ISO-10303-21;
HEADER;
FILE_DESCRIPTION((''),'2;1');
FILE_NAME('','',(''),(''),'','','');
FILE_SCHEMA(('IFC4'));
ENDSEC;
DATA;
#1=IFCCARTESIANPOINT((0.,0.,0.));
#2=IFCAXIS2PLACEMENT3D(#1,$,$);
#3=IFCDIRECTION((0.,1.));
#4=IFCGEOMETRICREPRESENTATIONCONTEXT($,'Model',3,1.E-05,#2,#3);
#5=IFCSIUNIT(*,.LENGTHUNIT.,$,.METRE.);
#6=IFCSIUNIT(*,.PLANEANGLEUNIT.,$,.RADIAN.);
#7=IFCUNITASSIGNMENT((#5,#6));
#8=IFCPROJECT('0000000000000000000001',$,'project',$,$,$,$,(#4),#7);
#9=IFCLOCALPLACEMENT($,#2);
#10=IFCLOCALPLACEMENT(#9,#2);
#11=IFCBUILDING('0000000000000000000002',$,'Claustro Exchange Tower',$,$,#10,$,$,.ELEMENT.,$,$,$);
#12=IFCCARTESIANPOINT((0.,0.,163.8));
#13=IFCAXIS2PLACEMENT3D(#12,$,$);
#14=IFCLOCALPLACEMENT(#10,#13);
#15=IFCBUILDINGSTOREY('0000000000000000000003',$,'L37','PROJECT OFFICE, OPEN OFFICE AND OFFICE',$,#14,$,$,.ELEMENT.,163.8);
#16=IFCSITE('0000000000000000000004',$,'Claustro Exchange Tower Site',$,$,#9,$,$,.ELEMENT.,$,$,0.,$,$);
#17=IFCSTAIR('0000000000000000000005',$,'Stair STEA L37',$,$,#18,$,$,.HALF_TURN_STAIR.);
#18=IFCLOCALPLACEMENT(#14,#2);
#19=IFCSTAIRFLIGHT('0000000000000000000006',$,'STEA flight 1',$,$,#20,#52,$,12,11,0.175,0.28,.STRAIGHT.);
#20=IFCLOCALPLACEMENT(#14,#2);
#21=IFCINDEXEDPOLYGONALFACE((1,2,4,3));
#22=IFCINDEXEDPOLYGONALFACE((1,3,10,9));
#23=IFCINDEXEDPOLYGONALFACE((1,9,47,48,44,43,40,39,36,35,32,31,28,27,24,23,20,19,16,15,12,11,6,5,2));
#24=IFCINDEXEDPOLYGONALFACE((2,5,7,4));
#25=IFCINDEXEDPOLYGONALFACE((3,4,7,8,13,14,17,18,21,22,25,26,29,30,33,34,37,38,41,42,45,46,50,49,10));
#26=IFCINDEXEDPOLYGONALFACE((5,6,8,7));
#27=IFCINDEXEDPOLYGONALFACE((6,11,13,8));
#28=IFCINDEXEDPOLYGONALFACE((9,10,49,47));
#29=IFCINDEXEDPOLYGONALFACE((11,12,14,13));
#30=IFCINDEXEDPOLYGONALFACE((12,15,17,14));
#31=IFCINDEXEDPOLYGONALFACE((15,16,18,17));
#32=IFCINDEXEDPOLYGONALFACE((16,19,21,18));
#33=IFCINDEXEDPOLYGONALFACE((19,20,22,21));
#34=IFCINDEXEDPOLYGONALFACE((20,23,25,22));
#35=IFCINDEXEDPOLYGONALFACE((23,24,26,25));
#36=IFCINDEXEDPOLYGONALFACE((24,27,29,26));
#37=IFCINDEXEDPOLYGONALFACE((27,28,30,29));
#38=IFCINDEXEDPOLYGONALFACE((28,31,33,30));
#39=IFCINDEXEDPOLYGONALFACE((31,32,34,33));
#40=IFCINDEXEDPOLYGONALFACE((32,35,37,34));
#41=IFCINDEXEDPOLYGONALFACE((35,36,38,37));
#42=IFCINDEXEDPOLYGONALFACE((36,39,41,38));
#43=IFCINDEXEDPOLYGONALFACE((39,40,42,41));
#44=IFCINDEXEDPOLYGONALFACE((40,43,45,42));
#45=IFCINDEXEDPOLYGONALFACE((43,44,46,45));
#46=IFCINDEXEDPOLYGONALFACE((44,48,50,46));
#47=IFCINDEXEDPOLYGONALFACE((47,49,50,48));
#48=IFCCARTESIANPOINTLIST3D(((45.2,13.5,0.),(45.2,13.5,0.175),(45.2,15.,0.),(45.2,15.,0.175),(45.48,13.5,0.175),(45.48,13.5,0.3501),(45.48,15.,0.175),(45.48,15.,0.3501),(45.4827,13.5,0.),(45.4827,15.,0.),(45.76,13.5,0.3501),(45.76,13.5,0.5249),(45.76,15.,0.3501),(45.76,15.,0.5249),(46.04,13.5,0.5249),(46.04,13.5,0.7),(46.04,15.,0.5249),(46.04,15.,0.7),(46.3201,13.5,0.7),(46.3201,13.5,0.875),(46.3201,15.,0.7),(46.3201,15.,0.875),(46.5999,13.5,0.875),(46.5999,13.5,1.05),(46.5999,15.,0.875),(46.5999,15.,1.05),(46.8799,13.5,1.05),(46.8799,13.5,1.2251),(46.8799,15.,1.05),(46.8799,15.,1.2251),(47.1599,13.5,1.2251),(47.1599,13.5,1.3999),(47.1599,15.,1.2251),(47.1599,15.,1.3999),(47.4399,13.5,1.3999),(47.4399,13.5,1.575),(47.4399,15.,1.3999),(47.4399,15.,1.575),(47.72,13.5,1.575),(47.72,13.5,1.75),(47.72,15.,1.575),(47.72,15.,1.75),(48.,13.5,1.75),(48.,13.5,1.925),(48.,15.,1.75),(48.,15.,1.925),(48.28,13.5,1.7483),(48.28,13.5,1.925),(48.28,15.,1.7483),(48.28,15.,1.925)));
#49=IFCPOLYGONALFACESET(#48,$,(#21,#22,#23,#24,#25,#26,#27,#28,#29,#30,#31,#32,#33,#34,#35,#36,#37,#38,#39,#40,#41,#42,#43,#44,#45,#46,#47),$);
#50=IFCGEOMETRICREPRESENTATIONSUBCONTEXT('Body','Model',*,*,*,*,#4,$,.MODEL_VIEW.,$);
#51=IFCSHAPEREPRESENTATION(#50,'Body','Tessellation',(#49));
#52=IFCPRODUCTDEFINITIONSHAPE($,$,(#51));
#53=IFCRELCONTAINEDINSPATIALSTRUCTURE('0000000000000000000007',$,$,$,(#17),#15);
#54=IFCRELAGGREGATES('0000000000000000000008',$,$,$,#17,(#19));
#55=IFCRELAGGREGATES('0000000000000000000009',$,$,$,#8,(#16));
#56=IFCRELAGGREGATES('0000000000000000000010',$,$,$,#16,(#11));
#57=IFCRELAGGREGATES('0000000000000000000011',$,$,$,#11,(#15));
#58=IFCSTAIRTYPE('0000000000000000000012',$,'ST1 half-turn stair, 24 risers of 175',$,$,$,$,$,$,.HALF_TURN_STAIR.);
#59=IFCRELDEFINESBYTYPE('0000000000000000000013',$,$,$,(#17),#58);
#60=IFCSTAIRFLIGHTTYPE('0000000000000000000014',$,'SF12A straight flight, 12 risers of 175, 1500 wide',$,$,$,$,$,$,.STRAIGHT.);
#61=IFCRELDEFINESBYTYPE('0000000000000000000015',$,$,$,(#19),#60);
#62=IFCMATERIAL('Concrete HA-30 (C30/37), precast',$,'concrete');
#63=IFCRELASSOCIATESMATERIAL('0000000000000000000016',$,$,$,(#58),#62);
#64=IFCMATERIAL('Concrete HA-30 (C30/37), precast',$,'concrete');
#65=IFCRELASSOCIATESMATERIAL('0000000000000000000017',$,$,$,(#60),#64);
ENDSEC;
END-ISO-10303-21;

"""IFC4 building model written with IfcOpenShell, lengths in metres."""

from ifc_helpers import new_model, si_unit, direction, frame, origin, place, context, subcontext, project, spatial, polyline, outline, extrude, material, type_object, element, aggregate, save


model = new_model("IFC4")

# Units and contexts
model_context = context("Model", 3, precision=1e-05, world=origin(), true_north=direction((0.0, 1.0)))
body_context = subcontext(model_context, "Body", "Model", "MODEL_VIEW")
ifc_project = project(units=[si_unit("LENGTHUNIT", "METRE"), si_unit("PLANEANGLEUNIT", "RADIAN")], contexts=[model_context])

# Site, building, storey
site_placement = place(None, origin())
site = spatial("IfcSite", under=ifc_project, at=site_placement, Name="Claustro Exchange Tower Site", CompositionType="ELEMENT", RefElevation=0.0)
building_placement = place(site_placement, origin())
building = spatial("IfcBuilding", under=site, at=building_placement, Name="Claustro Exchange Tower", CompositionType="ELEMENT")
storey_placement = place(building_placement, frame((0.0, 0.0, 163.8)))
storey = spatial("IfcBuildingStorey", under=building, at=storey_placement, Name="L37", Description="PROJECT OFFICE, OPEN OFFICE AND OFFICE", CompositionType="ELEMENT", Elevation=163.8)

# Stair, stair flight
ifc_material_1 = material(Name="Concrete HA-30 (C30/37), precast", Category="concrete")
stair_type = type_object("IfcStairType", Name="ST1 half-turn stair, 24 risers of 175", PredefinedType="HALF_TURN_STAIR", material=ifc_material_1)
stair_placement = place(storey_placement, origin())
stair = element("IfcStair", 1, at=stair_placement, inside=storey, type_object=stair_type, Name="Stair STEA L37", PredefinedType="HALF_TURN_STAIR")
ifc_material_2 = material(Name="Concrete HA-30 (C30/37), precast", Category="concrete")
stair_flight_type = type_object("IfcStairFlightType", Name="SF12A straight flight, 12 risers of 175, 1500 wide", PredefinedType="STRAIGHT", material=ifc_material_2)
stair_flight_placement = place(storey_placement, frame((45.2, 14.25, 0.0), z_axis=(0.0, 0.0, 1.0), x_axis=(1.0, 0.0, 0.0)))
stair_flight = element("IfcStairFlight", 2, at=stair_flight_placement, type_object=stair_flight_type, Name="STEA flight 1", NumberOfRisers=12, NumberOfTreads=11, PredefinedType="STRAIGHT", RiserHeight=0.175, TreadLength=0.28, context=body_context, shape_type="SweptSolid", body=[
    extrude(outline(polyline([(0.0, 0.0), (0.0, 0.175), (0.28, 0.175), (0.28, 0.3501), (0.5601, 0.3501), (0.5601, 0.5249), (0.8401, 0.5249), (0.8401, 0.7), (1.1201, 0.7), (1.1201, 0.875), (1.3999, 0.875), (1.3999, 1.05), (1.6799, 1.05), (1.6799, 1.2251), (1.96, 1.2251), (1.96, 1.3999), (2.24, 1.3999), (2.24, 1.575), (2.52, 1.575), (2.52, 1.75), (2.8, 1.75), (2.8, 1.925), (3.0801, 1.925), (3.0801, 2.1001), (3.0801, 1.7483), (0.2827, 0.0), (0.0, 0.0)])), frame((0.0, 0.75, 0.0), z_axis=(0.0, -1.0, 0.0), x_axis=(1.0, 0.0, 0.0)), (0.0, 0.0, 1.0), 1.5),
])
aggregate(stair, [stair_flight])

save(model, "model.ifc")
